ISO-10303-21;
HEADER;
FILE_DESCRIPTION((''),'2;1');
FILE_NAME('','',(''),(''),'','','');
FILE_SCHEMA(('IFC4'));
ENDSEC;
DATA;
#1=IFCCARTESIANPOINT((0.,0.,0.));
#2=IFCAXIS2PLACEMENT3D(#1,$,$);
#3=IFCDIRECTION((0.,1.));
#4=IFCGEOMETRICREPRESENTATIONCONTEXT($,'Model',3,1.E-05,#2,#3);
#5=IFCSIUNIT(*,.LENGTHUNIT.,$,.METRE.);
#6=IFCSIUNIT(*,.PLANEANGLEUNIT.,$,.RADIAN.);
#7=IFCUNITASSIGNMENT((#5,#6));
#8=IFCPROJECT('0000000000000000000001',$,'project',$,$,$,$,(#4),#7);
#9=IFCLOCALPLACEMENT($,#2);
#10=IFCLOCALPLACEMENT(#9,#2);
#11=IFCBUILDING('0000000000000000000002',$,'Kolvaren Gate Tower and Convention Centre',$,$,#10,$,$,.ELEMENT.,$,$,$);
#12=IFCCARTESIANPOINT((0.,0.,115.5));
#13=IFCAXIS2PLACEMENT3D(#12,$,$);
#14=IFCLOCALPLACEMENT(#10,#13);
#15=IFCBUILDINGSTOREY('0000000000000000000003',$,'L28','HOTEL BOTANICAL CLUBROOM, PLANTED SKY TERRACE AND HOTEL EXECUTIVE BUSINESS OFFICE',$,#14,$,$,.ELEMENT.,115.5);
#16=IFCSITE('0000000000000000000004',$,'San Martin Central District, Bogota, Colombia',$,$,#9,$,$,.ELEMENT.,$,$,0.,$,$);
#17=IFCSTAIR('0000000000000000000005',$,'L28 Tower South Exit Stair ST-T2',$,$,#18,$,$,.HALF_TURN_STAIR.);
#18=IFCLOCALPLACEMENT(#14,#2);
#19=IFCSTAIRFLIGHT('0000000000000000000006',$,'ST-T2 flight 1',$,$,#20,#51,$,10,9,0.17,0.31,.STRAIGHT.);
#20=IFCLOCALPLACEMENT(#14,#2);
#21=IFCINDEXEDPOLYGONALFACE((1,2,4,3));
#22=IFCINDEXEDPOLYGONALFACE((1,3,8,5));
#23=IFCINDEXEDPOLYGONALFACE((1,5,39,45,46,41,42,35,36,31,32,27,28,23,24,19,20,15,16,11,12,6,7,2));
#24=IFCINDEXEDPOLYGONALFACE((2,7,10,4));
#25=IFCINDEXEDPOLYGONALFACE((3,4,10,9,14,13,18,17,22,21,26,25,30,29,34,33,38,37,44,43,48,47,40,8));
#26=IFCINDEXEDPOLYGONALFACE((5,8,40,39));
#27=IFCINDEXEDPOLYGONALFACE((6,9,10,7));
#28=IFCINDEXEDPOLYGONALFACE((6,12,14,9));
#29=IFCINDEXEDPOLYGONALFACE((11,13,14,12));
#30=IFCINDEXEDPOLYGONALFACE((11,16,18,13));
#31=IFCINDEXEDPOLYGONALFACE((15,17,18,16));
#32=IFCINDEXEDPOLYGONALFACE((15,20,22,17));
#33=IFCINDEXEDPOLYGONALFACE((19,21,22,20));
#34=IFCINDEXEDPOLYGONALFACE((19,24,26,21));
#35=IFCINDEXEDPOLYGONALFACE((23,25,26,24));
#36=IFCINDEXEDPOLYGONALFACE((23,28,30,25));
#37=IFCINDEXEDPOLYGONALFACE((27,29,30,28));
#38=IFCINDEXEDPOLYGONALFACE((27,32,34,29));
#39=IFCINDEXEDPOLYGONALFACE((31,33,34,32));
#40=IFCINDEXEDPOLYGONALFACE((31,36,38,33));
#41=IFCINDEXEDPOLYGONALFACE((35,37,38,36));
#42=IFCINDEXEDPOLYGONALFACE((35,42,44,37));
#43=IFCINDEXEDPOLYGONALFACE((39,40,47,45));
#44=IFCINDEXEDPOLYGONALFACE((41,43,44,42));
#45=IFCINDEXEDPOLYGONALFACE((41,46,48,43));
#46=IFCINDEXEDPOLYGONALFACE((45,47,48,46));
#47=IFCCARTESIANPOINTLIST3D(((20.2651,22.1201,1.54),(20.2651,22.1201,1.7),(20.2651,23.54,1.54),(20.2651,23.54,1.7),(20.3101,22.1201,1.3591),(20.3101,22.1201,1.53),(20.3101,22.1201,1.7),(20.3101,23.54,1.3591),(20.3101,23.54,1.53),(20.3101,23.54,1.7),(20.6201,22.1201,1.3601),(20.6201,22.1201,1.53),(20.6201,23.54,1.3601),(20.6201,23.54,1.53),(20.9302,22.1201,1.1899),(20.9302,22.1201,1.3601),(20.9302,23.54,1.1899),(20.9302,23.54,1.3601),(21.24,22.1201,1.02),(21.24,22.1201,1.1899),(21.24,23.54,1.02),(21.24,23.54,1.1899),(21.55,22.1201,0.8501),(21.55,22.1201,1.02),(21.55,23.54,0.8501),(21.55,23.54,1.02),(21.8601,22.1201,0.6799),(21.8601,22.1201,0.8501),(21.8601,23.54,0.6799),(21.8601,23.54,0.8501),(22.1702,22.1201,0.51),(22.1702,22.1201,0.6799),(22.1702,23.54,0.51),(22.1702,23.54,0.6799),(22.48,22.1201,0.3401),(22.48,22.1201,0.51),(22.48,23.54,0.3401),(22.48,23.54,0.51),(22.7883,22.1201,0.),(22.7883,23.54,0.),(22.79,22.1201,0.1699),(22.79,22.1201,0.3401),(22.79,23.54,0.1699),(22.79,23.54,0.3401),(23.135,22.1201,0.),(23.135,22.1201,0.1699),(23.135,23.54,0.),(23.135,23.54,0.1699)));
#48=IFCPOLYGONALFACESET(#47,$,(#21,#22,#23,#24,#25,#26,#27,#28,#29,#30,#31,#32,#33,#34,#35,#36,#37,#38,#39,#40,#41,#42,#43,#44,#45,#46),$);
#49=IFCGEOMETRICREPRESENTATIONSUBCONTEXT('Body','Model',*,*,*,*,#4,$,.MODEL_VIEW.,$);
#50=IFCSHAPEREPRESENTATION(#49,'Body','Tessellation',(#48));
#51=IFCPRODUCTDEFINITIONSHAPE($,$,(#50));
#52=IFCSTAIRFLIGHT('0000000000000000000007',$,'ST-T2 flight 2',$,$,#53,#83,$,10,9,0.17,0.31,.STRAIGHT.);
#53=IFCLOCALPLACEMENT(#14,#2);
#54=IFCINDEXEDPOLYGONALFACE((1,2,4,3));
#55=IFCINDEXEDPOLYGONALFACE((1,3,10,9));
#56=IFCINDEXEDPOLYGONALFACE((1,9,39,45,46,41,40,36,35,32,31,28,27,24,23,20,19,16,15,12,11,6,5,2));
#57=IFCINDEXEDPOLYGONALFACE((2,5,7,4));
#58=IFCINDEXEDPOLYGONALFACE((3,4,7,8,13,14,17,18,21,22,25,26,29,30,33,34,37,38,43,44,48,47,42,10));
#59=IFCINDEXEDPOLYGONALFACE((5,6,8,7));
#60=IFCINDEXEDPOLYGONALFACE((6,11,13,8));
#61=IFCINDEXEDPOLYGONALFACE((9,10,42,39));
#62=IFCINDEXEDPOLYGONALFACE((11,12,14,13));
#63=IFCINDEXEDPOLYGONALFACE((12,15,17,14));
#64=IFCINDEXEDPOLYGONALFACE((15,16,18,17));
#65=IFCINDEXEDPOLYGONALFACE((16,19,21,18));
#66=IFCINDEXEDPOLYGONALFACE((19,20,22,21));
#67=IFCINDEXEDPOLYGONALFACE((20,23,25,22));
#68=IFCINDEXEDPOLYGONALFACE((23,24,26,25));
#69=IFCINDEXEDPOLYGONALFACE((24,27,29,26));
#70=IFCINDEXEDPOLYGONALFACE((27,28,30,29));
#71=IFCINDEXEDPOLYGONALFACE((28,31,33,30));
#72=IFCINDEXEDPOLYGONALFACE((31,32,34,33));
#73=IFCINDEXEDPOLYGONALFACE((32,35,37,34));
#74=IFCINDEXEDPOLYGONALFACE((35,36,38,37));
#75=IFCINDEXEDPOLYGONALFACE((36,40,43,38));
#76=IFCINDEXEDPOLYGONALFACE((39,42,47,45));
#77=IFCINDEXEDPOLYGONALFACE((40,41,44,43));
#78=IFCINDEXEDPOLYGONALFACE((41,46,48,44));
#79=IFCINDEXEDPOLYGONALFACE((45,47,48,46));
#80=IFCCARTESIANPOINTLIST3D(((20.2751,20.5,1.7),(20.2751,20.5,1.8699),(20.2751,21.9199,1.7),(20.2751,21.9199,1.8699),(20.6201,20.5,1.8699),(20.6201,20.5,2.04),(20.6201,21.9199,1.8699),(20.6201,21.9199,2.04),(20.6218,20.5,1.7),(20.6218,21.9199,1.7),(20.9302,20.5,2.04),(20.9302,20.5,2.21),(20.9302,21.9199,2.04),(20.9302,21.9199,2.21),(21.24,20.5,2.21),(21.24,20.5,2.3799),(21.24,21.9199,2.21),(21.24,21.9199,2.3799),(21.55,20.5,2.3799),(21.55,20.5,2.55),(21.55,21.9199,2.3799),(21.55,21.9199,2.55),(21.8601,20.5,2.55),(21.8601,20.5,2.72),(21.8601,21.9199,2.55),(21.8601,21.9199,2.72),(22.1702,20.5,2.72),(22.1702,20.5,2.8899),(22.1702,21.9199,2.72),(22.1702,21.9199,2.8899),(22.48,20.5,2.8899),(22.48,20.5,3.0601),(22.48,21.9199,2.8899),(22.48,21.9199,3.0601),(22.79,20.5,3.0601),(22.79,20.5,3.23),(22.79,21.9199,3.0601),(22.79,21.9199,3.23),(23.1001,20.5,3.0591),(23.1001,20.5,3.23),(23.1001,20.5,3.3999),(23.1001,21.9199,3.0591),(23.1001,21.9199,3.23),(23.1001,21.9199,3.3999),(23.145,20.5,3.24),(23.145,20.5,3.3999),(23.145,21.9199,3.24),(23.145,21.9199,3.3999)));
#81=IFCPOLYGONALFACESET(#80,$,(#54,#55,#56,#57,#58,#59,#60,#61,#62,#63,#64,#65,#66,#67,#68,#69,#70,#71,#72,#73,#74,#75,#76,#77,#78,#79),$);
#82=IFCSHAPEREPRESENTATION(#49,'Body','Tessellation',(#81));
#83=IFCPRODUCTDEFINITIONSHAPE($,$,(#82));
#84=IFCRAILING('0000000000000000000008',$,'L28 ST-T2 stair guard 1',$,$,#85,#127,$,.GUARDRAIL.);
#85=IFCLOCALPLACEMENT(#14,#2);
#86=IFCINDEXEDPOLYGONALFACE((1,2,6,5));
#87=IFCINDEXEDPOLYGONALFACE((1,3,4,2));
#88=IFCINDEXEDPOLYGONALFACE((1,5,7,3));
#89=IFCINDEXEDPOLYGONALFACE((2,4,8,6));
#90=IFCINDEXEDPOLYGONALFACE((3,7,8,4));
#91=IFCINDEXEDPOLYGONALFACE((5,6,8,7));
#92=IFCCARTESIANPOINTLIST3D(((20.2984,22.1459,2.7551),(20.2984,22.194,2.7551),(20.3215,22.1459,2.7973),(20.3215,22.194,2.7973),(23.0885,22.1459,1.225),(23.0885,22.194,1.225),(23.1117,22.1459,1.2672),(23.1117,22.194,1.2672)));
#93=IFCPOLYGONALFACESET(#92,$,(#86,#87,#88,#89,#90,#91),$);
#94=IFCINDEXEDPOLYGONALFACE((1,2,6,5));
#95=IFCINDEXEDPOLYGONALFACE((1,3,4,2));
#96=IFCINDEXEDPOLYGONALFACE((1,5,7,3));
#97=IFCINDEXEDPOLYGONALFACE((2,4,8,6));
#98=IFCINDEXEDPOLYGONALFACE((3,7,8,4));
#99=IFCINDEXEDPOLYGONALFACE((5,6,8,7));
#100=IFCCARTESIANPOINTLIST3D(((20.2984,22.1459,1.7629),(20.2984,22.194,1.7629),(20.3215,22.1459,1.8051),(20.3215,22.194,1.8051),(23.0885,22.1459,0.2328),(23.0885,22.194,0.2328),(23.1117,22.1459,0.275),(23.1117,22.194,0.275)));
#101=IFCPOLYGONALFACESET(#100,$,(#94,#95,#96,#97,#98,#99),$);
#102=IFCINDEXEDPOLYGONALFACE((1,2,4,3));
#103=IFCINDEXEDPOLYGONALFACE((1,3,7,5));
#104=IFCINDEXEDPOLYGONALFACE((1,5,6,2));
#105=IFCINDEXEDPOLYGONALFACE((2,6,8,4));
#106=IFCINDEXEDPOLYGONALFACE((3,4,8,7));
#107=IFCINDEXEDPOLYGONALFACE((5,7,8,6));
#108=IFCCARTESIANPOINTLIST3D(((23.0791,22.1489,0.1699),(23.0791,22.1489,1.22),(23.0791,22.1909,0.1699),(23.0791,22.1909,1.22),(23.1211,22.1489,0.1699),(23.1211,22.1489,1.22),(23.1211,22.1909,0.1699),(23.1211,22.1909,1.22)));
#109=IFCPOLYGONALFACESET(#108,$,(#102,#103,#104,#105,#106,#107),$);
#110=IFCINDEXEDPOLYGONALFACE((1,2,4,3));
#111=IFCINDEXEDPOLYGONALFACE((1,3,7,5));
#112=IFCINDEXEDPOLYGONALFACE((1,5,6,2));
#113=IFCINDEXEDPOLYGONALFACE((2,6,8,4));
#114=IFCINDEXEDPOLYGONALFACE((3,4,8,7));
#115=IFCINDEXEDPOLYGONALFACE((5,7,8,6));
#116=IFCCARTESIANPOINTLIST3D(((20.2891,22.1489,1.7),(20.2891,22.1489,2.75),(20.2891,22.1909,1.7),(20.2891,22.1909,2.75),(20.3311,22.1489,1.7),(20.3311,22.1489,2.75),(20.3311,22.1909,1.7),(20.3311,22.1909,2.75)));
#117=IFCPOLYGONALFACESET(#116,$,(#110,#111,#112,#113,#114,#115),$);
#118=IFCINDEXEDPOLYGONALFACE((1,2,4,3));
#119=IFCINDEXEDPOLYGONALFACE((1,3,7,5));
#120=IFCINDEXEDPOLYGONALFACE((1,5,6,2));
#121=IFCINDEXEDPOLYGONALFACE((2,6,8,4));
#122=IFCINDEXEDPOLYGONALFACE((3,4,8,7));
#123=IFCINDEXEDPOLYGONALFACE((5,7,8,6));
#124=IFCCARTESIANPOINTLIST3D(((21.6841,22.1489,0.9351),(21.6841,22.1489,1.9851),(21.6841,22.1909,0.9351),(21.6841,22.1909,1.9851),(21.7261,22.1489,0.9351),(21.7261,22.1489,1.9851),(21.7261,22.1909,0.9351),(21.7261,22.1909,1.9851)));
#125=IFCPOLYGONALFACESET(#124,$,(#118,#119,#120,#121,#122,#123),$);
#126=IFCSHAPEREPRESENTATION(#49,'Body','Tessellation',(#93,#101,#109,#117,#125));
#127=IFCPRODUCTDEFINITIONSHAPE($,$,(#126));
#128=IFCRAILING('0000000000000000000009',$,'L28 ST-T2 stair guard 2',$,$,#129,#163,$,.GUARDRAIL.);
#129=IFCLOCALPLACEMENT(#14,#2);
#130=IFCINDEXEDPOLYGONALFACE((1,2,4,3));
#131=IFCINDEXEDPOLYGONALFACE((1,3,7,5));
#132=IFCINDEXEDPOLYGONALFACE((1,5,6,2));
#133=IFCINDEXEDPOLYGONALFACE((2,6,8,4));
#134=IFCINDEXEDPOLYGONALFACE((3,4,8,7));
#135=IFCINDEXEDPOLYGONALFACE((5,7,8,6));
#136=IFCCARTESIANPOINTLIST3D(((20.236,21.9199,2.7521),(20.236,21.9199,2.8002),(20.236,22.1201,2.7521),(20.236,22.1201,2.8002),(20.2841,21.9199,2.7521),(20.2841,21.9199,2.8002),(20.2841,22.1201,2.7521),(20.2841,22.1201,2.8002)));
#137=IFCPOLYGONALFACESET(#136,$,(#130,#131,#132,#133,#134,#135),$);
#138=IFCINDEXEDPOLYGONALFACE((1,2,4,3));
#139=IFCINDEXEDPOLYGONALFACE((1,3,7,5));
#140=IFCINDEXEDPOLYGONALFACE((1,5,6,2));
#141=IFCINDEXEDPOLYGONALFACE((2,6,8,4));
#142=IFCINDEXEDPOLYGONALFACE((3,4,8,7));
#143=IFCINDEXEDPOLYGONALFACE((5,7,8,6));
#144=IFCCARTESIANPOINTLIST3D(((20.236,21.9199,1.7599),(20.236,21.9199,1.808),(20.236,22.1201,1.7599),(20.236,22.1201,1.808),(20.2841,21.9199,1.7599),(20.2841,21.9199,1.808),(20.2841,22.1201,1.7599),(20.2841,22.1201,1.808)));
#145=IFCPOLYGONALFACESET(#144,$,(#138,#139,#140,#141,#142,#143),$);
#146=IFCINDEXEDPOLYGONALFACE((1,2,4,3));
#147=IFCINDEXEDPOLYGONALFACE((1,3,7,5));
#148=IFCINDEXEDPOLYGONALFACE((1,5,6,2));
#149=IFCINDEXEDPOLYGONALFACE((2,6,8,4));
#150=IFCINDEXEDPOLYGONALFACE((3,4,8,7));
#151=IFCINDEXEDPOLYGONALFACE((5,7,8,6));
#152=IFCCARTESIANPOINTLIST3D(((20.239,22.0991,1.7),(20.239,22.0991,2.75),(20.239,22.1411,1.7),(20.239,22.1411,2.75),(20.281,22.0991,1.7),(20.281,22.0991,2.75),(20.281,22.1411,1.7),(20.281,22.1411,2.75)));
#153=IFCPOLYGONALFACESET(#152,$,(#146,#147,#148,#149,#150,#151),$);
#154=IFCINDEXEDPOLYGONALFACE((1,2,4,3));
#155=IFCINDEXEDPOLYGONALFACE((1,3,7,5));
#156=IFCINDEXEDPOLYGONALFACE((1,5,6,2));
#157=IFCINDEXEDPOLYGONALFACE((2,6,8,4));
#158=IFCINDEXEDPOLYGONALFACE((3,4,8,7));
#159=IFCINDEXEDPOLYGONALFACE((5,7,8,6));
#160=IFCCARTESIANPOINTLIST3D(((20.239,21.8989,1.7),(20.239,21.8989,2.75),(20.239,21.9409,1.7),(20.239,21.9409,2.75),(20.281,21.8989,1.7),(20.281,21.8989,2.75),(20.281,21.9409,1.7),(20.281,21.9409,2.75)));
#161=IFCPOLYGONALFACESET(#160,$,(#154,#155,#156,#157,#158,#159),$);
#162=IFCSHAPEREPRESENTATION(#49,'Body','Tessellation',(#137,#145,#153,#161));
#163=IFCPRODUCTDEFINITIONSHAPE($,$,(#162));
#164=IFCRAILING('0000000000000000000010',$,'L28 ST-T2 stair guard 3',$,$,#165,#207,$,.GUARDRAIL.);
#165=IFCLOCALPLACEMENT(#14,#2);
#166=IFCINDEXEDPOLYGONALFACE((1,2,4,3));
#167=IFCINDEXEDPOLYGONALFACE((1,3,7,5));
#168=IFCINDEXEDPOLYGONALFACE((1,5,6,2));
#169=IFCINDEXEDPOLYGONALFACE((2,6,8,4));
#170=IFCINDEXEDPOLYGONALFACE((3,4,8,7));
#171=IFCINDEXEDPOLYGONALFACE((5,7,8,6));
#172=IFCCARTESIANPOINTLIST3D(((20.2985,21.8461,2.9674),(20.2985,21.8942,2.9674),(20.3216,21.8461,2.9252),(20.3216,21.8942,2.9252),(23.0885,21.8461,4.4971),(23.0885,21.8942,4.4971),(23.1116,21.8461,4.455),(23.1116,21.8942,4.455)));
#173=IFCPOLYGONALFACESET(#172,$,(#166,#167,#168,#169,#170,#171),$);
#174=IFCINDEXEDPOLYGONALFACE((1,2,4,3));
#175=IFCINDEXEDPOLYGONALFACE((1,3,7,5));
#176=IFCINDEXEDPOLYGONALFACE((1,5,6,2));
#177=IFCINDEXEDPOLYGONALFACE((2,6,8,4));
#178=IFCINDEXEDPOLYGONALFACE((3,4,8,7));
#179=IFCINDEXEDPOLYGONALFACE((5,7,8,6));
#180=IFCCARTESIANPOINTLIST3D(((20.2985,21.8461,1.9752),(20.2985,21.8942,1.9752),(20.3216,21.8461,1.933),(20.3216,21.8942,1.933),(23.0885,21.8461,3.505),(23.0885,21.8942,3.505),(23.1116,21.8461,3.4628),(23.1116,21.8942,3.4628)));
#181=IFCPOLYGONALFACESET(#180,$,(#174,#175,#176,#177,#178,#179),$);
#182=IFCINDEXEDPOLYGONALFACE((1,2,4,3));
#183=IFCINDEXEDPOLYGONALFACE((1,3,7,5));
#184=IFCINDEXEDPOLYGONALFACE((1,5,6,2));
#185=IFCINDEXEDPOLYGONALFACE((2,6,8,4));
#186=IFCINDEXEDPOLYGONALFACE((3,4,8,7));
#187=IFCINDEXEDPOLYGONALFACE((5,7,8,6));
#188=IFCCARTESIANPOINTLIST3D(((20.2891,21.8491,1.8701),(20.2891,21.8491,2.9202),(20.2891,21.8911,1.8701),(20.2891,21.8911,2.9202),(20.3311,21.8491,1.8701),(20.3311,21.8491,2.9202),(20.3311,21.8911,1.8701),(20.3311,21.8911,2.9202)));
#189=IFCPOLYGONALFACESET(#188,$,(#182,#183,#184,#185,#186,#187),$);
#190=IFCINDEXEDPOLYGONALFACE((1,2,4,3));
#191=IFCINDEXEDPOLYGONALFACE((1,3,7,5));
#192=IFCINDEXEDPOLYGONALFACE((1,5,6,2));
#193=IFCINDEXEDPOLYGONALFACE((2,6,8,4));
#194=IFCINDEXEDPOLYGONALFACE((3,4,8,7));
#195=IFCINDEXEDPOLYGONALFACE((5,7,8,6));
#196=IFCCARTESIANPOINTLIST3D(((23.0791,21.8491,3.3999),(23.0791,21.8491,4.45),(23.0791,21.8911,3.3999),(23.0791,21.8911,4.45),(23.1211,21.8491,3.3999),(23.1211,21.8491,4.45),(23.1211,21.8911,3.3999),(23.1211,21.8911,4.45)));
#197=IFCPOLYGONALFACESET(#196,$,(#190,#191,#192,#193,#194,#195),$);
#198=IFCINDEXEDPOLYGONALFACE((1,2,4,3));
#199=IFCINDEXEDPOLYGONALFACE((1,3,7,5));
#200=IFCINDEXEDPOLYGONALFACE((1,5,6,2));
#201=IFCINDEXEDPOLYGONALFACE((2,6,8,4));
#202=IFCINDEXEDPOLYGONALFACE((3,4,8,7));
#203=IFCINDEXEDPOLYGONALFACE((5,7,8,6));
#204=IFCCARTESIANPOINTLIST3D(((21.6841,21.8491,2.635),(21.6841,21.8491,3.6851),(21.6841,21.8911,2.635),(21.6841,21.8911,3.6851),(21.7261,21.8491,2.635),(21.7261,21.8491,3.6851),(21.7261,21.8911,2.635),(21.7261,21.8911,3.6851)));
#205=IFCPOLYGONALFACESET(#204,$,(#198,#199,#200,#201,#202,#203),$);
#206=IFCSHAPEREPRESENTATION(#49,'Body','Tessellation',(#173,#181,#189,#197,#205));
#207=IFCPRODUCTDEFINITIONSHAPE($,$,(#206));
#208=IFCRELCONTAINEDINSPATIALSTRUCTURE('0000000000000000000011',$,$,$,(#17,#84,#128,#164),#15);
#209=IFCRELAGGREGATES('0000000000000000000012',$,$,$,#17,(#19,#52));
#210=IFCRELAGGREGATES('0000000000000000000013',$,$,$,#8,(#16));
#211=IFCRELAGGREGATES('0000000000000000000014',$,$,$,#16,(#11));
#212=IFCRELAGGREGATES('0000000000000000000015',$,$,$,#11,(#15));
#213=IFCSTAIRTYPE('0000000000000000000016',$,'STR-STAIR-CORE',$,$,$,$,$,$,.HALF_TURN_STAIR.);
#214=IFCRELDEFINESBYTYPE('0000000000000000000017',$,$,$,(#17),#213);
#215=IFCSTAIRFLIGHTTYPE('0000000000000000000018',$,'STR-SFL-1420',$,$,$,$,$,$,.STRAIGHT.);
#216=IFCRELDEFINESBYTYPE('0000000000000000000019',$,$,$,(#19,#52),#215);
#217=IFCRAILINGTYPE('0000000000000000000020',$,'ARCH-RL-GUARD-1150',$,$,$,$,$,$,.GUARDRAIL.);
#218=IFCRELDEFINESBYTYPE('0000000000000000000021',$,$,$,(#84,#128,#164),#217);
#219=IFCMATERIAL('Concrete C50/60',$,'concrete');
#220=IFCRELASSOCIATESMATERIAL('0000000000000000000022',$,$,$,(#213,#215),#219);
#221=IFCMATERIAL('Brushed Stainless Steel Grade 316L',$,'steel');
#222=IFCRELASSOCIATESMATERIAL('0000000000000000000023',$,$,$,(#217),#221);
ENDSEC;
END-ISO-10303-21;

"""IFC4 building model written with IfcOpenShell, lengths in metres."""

from ifc_helpers import new_model, si_unit, direction, frame, origin, origin_2d, place, context, subcontext, project, spatial, polyline, rectangle, outline, extrude, material, type_object, element, aggregate, save


model = new_model("IFC4")

# Units and contexts
model_context = context("Model", 3, precision=1e-05, world=origin(), true_north=direction((0.0, 1.0)))
body_context = subcontext(model_context, "Body", "Model", "MODEL_VIEW")
ifc_project = project(units=[si_unit("LENGTHUNIT", "METRE"), si_unit("PLANEANGLEUNIT", "RADIAN")], contexts=[model_context])

# Site, building, storey
site_placement = place(None, origin())
site = spatial("IfcSite", under=ifc_project, at=site_placement, Name="San Martin Central District, Bogota, Colombia", CompositionType="ELEMENT", RefElevation=0.0)
building_placement = place(site_placement, origin())
building = spatial("IfcBuilding", under=site, at=building_placement, Name="Kolvaren Gate Tower and Convention Centre", CompositionType="ELEMENT")
storey_placement = place(building_placement, frame((0.0, 0.0, 115.5)))
storey = spatial("IfcBuildingStorey", under=building, at=storey_placement, Name="L28", Description="HOTEL BOTANICAL CLUBROOM, PLANTED SKY TERRACE AND HOTEL EXECUTIVE BUSINESS OFFICE", CompositionType="ELEMENT", Elevation=115.5)

# Shared definitions
ifc_material_1 = material(Name="Brushed Stainless Steel Grade 316L", Category="steel")

# Shared definitions
ifc_material_2 = material(Name="Concrete C50/60", Category="concrete")

# Stair, stair flights
stair_type = type_object("IfcStairType", Name="STR-STAIR-CORE", PredefinedType="HALF_TURN_STAIR", material=ifc_material_2)
stair_placement = place(storey_placement, origin())
stair = element("IfcStair", 1, at=stair_placement, inside=storey, type_object=stair_type, Name="L28 Tower South Exit Stair ST-T2", PredefinedType="HALF_TURN_STAIR")
stair_flight_type = type_object("IfcStairFlightType", Name="STR-SFL-1420", PredefinedType="STRAIGHT", material=ifc_material_2)
stair_flight_1_placement = place(storey_placement, frame((23.1001, 22.8301, 0.0), z_axis=(0.0, 0.0, 1.0), x_axis=(-1.0, 0.0, 0.0)))
stair_flight_1 = element("IfcStairFlight", 2, at=stair_flight_1_placement, type_object=stair_flight_type, Name="ST-T2 flight 1", NumberOfRisers=10, NumberOfTreads=9, PredefinedType="STRAIGHT", RiserHeight=0.17, TreadLength=0.31, context=body_context, shape_type="SweptSolid", body=[
    extrude(outline(polyline([(-0.0349, 0.0), (-0.0349, 0.1699), (0.3101, 0.1699), (0.3101, 0.3401), (0.6201, 0.3401), (0.6201, 0.51), (0.9299, 0.51), (0.9299, 0.6799), (1.24, 0.6799), (1.24, 0.8501), (1.55, 0.8501), (1.55, 1.02), (1.8601, 1.02), (1.8601, 1.1899), (2.1699, 1.1899), (2.1699, 1.3601), (2.48, 1.3601), (2.48, 1.53), (2.79, 1.53), (2.79, 1.7), (2.835, 1.7), (2.835, 1.54), (2.79, 1.3591), (0.3118, 0.0), (-0.0349, 0.0)])), frame((0.0, 0.71, 0.0), z_axis=(0.0, -1.0, 0.0), x_axis=(1.0, 0.0, 0.0)), (0.0, 0.0, 1.0), 1.4199),
])
stair_flight_2_placement = place(storey_placement, frame((20.3101, 21.21, 1.7), z_axis=(0.0, 0.0, 1.0), x_axis=(1.0, 0.0, 0.0)))
stair_flight_2 = element("IfcStairFlight", 3, at=stair_flight_2_placement, type_object=stair_flight_type, Name="ST-T2 flight 2", NumberOfRisers=10, NumberOfTreads=9, PredefinedType="STRAIGHT", RiserHeight=0.17, TreadLength=0.31, context=body_context, shape_type="SweptSolid", body=[
    extrude(outline(polyline([(-0.0349, 0.0), (-0.0349, 0.1699), (0.3101, 0.1699), (0.3101, 0.3401), (0.6201, 0.3401), (0.6201, 0.51), (0.9299, 0.51), (0.9299, 0.6799), (1.24, 0.6799), (1.24, 0.8501), (1.55, 0.8501), (1.55, 1.02), (1.8601, 1.02), (1.8601, 1.1899), (2.1699, 1.1899), (2.1699, 1.3601), (2.48, 1.3601), (2.48, 1.53), (2.79, 1.53), (2.79, 1.7), (2.835, 1.7), (2.835, 1.54), (2.79, 1.3591), (0.3118, 0.0), (-0.0349, 0.0)])), frame((0.0, 0.71, 0.0), z_axis=(0.0, -1.0, 0.0), x_axis=(1.0, 0.0, 0.0)), (0.0, 0.0, 1.0), 1.4199),
])
aggregate(stair, [stair_flight_1, stair_flight_2])

# Railings
railing_type_1 = type_object("IfcRailingType", Name="ARCH-RL-GUARD-1150", PredefinedType="GUARDRAIL", material=ifc_material_1)
railing_1_placement = place(storey_placement, frame((23.1001, 22.1699, 0.1699)))
element("IfcRailing", 4, at=railing_1_placement, inside=storey, type_object=railing_type_1, Name="L28 ST-T2 stair guard 1", PredefinedType="GUARDRAIL", context=body_context, shape_type="SweptSolid", body=[
    extrude(rectangle(XDim=0.0481, YDim=0.0481, at=origin_2d()), frame((0.0, 0.0, 1.0762), z_axis=(-0.876811, 0.0, 0.480835), x_axis=(0.0, -1.0, 0.0)), (0.0, 0.0, 1.0), 3.1821),
    extrude(rectangle(XDim=0.0481, YDim=0.0481, at=origin_2d()), frame((0.0, 0.0, 0.084), z_axis=(-0.876811, 0.0, 0.480835), x_axis=(0.0, -1.0, 0.0)), (0.0, 0.0, 1.0), 3.1821),
    extrude(rectangle(XDim=0.042, YDim=0.042, at=origin_2d()), origin(), (0.0, 0.0, 1.0), 1.05),
    extrude(rectangle(XDim=0.042, YDim=0.042, at=origin_2d()), frame((-2.79, 0.0, 1.53)), (0.0, 0.0, 1.0), 1.05),
    extrude(rectangle(XDim=0.042, YDim=0.042, at=origin_2d()), frame((-1.395, 0.0, 0.7651)), (0.0, 0.0, 1.0), 1.05),
])
railing_2_placement = place(storey_placement, frame((20.26, 22.1201, 1.7)))
element("IfcRailing", 5, at=railing_2_placement, inside=storey, type_object=railing_type_1, Name="L28 ST-T2 stair guard 2", PredefinedType="GUARDRAIL", context=body_context, shape_type="SweptSolid", body=[
    extrude(rectangle(XDim=0.0481, YDim=0.0481, at=origin_2d()), frame((0.0, 0.0, 1.0762), z_axis=(0.0, -1.0, 0.0), x_axis=(1.0, 0.0, 0.0)), (0.0, 0.0, 1.0), 0.2002),
    extrude(rectangle(XDim=0.0481, YDim=0.0481, at=origin_2d()), frame((0.0, 0.0, 0.084), z_axis=(0.0, -1.0, 0.0), x_axis=(1.0, 0.0, 0.0)), (0.0, 0.0, 1.0), 0.2002),
    extrude(rectangle(XDim=0.042, YDim=0.042, at=origin_2d()), origin(), (0.0, 0.0, 1.0), 1.05),
    extrude(rectangle(XDim=0.042, YDim=0.042, at=origin_2d()), frame((0.0, -0.2002, 0.0)), (0.0, 0.0, 1.0), 1.05),
])
railing_3_placement = place(storey_placement, frame((20.3101, 21.8701, 1.8701)))
element("IfcRailing", 6, at=railing_3_placement, inside=storey, type_object=railing_type_1, Name="L28 ST-T2 stair guard 3", PredefinedType="GUARDRAIL", context=body_context, shape_type="SweptSolid", body=[
    extrude(rectangle(XDim=0.0481, YDim=0.0481, at=origin_2d()), frame((0.0, 0.0, 1.0762), z_axis=(0.876844, 0.0, 0.480776), x_axis=(0.0, 1.0, 0.0)), (0.0, 0.0, 1.0), 3.1819),
    extrude(rectangle(XDim=0.0481, YDim=0.0481, at=origin_2d()), frame((0.0, 0.0, 0.084), z_axis=(0.876844, 0.0, 0.480776), x_axis=(0.0, 1.0, 0.0)), (0.0, 0.0, 1.0), 3.1819),
    extrude(rectangle(XDim=0.042, YDim=0.042, at=origin_2d()), origin(), (0.0, 0.0, 1.0), 1.05),
    extrude(rectangle(XDim=0.042, YDim=0.042, at=origin_2d()), frame((2.79, 0.0, 1.5298)), (0.0, 0.0, 1.0), 1.05),
    extrude(rectangle(XDim=0.042, YDim=0.042, at=origin_2d()), frame((1.395, 0.0, 0.7649)), (0.0, 0.0, 1.0), 1.05),
])

save(model, "model.ifc")
